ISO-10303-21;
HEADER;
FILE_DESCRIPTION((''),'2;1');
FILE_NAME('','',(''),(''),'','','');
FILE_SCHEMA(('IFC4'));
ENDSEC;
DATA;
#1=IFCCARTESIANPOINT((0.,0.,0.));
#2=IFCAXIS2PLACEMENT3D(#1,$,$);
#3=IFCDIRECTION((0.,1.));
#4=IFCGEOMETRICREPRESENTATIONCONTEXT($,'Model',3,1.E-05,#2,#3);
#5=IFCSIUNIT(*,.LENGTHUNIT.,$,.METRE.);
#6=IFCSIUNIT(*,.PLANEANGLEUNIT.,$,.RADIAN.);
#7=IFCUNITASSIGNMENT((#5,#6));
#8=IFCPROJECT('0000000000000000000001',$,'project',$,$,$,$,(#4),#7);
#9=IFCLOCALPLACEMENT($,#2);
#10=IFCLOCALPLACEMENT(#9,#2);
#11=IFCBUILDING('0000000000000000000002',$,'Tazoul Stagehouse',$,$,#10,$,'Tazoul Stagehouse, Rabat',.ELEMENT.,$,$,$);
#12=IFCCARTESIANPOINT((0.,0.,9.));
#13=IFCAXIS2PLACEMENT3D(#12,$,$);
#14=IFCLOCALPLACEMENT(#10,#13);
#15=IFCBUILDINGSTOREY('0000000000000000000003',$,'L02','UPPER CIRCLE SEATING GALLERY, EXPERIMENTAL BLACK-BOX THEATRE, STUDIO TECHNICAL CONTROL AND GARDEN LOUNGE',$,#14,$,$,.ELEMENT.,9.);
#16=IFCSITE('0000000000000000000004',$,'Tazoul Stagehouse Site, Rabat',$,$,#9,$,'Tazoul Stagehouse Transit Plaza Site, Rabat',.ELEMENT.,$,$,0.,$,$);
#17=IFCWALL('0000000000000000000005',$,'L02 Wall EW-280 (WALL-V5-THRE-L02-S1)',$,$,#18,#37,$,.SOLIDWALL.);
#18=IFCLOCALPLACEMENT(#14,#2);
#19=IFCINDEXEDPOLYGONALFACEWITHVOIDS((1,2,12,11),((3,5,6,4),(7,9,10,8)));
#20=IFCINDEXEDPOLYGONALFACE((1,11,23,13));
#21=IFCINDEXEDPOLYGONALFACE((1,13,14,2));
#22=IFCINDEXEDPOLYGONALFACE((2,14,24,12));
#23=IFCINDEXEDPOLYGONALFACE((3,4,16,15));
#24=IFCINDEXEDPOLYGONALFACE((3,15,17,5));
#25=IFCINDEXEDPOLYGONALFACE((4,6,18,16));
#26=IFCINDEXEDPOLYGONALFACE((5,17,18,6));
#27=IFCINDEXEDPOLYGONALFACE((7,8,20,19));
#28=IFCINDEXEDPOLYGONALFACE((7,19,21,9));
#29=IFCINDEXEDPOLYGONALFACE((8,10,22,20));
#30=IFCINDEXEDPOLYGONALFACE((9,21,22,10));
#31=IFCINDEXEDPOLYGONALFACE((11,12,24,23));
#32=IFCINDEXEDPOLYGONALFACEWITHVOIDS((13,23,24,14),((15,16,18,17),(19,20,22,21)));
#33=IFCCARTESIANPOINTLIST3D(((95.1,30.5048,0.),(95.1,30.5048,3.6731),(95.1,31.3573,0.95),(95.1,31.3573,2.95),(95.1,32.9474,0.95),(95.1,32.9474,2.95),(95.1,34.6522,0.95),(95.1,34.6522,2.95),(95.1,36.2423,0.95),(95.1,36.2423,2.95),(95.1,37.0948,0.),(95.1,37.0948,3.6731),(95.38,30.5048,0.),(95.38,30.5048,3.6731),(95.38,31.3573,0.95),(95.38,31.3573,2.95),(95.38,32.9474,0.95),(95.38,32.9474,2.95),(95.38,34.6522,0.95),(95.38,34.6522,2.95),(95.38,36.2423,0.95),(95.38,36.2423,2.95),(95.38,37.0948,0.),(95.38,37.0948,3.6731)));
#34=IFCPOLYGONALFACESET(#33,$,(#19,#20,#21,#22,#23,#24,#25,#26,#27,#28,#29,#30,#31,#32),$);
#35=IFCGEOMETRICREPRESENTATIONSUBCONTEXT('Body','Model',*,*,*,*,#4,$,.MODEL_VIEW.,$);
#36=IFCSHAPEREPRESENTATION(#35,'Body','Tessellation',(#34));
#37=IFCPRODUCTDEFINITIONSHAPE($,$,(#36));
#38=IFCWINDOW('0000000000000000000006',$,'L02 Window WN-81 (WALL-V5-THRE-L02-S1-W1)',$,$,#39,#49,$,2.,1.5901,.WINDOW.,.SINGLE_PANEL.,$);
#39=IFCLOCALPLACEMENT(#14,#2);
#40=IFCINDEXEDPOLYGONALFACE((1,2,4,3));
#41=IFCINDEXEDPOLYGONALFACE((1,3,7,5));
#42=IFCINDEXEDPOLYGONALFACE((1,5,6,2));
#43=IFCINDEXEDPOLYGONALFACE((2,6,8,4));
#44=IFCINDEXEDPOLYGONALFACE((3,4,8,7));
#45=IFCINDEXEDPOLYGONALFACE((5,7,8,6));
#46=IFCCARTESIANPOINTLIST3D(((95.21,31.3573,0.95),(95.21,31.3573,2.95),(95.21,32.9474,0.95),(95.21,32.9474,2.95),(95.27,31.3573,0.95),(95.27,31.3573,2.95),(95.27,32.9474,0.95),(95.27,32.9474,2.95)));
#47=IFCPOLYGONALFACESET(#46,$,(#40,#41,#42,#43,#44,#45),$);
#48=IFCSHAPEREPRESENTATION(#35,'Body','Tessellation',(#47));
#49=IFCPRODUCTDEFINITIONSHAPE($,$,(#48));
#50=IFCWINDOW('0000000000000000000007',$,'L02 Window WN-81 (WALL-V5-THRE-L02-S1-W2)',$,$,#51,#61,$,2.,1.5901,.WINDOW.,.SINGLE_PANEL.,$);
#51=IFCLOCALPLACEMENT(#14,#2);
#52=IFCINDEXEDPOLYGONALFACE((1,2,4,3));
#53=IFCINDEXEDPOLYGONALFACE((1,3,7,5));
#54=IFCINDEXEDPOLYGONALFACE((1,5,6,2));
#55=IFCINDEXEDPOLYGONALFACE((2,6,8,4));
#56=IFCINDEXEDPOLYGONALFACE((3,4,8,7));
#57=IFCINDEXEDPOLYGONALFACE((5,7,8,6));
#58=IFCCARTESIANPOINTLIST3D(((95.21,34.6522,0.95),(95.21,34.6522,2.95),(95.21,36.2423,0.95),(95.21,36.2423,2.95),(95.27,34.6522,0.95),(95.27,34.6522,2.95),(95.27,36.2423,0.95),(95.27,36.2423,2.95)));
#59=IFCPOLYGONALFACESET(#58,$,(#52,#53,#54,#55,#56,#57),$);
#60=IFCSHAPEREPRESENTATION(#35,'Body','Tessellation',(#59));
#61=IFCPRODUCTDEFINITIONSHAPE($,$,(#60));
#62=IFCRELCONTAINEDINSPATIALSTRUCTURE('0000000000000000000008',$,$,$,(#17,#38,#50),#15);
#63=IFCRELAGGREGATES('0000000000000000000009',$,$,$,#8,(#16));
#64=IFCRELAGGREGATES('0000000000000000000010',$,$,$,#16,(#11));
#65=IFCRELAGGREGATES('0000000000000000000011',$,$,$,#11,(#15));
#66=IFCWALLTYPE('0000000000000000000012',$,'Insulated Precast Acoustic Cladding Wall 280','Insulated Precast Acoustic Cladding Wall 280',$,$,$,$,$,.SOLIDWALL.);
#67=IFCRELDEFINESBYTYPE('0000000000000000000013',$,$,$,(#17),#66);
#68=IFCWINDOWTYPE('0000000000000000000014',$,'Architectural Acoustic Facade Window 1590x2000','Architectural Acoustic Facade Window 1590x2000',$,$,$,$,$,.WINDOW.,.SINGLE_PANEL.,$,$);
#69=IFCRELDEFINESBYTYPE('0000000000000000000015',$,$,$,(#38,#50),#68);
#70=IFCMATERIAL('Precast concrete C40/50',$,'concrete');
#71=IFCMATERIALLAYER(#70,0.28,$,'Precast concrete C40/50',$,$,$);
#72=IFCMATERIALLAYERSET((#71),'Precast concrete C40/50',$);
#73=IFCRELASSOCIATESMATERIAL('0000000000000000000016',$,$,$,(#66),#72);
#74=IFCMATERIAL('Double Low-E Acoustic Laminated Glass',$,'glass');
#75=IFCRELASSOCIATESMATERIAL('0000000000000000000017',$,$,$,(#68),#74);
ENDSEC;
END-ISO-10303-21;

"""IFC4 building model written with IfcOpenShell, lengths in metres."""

from ifc_helpers import new_model, si_unit, direction, frame, frame_2d, origin, place, context, subcontext, project, spatial, rectangle, extrude, material, layer, layer_set, type_object, element, fill, save


model = new_model("IFC4")

# Units and contexts
model_context = context("Model", 3, precision=1e-05, world=origin(), true_north=direction((0.0, 1.0)))
body_context = subcontext(model_context, "Body", "Model", "MODEL_VIEW")
ifc_project = project(units=[si_unit("LENGTHUNIT", "METRE"), si_unit("PLANEANGLEUNIT", "RADIAN")], contexts=[model_context])

# Site, building, storey
site_placement = place(None, origin())
site = spatial("IfcSite", under=ifc_project, at=site_placement, Name="Tazoul Stagehouse Site, Rabat", LongName="Tazoul Stagehouse Transit Plaza Site, Rabat", CompositionType="ELEMENT", RefElevation=0.0)
building_placement = place(site_placement, origin())
building = spatial("IfcBuilding", under=site, at=building_placement, Name="Tazoul Stagehouse", LongName="Tazoul Stagehouse, Rabat", CompositionType="ELEMENT")
storey_placement = place(building_placement, frame((0.0, 0.0, 9.0)))
storey = spatial("IfcBuildingStorey", under=building, at=storey_placement, Name="L02", Description="UPPER CIRCLE SEATING GALLERY, EXPERIMENTAL BLACK-BOX THEATRE, STUDIO TECHNICAL CONTROL AND GARDEN LOUNGE", CompositionType="ELEMENT", Elevation=9.0)

# Wall, openings, windows
ifc_material_1 = material(Name="Precast concrete C40/50", Category="concrete")
ifc_layer_1 = layer(ifc_material_1, 0.28, Name="Precast concrete C40/50")
ifc_layer_set_1 = layer_set([ifc_layer_1], Name="Precast concrete C40/50")
wall_type = type_object("IfcWallType", Name="Insulated Precast Acoustic Cladding Wall 280", Description="Insulated Precast Acoustic Cladding Wall 280", PredefinedType="SOLIDWALL", material=ifc_layer_set_1)
wall_placement = place(storey_placement, frame((95.24, 30.5049, 0.0), z_axis=(0.0, 0.0, 1.0), x_axis=(0.0, 1.0, 0.0)))
wall = element("IfcWall", 1, at=wall_placement, inside=storey, type_object=wall_type, Name="L02 Wall EW-280 (WALL-V5-THRE-L02-S1)", PredefinedType="SOLIDWALL", context=body_context, shape_type="SweptSolid", body=[
    extrude(rectangle(XDim=6.5901, YDim=0.28, at=frame_2d((3.2949, 0.0))), origin(), (0.0, 0.0, 1.0), 3.6731),
])
opening_1_placement = place(wall_placement, frame((0.8525, 0.0, 0.95)))
opening_1 = element("IfcOpeningElement", 2, at=opening_1_placement, cuts=wall, PredefinedType="OPENING", context=body_context, shape_type="SweptSolid", body=[
    extrude(rectangle(XDim=1.5901, YDim=2.0, at=frame_2d((0.7949, 1.0))), frame((0.0, 0.1599, 0.0), z_axis=(0.0, -1.0, 0.0), x_axis=(1.0, 0.0, 0.0)), (0.0, 0.0, 1.0), 0.3201),
])
opening_2_placement = place(wall_placement, frame((4.1475, 0.0, 0.95)))
opening_2 = element("IfcOpeningElement", 3, at=opening_2_placement, cuts=wall, PredefinedType="OPENING", context=body_context, shape_type="SweptSolid", body=[
    extrude(rectangle(XDim=1.5901, YDim=2.0, at=frame_2d((0.7949, 1.0))), frame((0.0, 0.1599, 0.0), z_axis=(0.0, -1.0, 0.0), x_axis=(1.0, 0.0, 0.0)), (0.0, 0.0, 1.0), 0.3201),
])
ifc_material_2 = material(Name="Double Low-E Acoustic Laminated Glass", Category="glass")
window_type = type_object("IfcWindowType", Name="Architectural Acoustic Facade Window 1590x2000", Description="Architectural Acoustic Facade Window 1590x2000", PartitioningType="SINGLE_PANEL", PredefinedType="WINDOW", material=ifc_material_2)
window_1_placement = place(opening_1_placement, origin())
window_1 = element("IfcWindow", 4, at=window_1_placement, inside=storey, type_object=window_type, Name="L02 Window WN-81 (WALL-V5-THRE-L02-S1-W1)", OverallHeight=2.0, OverallWidth=1.5901, PartitioningType="SINGLE_PANEL", PredefinedType="WINDOW", context=body_context, shape_type="SweptSolid", body=[
    extrude(rectangle(XDim=1.5901, YDim=2.0, at=frame_2d((0.7949, 1.0))), frame((0.0, 0.03, 0.0), z_axis=(0.0, -1.0, 0.0), x_axis=(1.0, 0.0, 0.0)), (0.0, 0.0, 1.0), 0.0601),
])
fill(opening_1, window_1)
window_2_placement = place(opening_2_placement, origin())
window_2 = element("IfcWindow", 5, at=window_2_placement, inside=storey, type_object=window_type, Name="L02 Window WN-81 (WALL-V5-THRE-L02-S1-W2)", OverallHeight=2.0, OverallWidth=1.5901, PartitioningType="SINGLE_PANEL", PredefinedType="WINDOW", context=body_context, shape_type="SweptSolid", body=[
    extrude(rectangle(XDim=1.5901, YDim=2.0, at=frame_2d((0.7949, 1.0))), frame((0.0, 0.03, 0.0), z_axis=(0.0, -1.0, 0.0), x_axis=(1.0, 0.0, 0.0)), (0.0, 0.0, 1.0), 0.0601),
])
fill(opening_2, window_2)

save(model, "model.ifc")
